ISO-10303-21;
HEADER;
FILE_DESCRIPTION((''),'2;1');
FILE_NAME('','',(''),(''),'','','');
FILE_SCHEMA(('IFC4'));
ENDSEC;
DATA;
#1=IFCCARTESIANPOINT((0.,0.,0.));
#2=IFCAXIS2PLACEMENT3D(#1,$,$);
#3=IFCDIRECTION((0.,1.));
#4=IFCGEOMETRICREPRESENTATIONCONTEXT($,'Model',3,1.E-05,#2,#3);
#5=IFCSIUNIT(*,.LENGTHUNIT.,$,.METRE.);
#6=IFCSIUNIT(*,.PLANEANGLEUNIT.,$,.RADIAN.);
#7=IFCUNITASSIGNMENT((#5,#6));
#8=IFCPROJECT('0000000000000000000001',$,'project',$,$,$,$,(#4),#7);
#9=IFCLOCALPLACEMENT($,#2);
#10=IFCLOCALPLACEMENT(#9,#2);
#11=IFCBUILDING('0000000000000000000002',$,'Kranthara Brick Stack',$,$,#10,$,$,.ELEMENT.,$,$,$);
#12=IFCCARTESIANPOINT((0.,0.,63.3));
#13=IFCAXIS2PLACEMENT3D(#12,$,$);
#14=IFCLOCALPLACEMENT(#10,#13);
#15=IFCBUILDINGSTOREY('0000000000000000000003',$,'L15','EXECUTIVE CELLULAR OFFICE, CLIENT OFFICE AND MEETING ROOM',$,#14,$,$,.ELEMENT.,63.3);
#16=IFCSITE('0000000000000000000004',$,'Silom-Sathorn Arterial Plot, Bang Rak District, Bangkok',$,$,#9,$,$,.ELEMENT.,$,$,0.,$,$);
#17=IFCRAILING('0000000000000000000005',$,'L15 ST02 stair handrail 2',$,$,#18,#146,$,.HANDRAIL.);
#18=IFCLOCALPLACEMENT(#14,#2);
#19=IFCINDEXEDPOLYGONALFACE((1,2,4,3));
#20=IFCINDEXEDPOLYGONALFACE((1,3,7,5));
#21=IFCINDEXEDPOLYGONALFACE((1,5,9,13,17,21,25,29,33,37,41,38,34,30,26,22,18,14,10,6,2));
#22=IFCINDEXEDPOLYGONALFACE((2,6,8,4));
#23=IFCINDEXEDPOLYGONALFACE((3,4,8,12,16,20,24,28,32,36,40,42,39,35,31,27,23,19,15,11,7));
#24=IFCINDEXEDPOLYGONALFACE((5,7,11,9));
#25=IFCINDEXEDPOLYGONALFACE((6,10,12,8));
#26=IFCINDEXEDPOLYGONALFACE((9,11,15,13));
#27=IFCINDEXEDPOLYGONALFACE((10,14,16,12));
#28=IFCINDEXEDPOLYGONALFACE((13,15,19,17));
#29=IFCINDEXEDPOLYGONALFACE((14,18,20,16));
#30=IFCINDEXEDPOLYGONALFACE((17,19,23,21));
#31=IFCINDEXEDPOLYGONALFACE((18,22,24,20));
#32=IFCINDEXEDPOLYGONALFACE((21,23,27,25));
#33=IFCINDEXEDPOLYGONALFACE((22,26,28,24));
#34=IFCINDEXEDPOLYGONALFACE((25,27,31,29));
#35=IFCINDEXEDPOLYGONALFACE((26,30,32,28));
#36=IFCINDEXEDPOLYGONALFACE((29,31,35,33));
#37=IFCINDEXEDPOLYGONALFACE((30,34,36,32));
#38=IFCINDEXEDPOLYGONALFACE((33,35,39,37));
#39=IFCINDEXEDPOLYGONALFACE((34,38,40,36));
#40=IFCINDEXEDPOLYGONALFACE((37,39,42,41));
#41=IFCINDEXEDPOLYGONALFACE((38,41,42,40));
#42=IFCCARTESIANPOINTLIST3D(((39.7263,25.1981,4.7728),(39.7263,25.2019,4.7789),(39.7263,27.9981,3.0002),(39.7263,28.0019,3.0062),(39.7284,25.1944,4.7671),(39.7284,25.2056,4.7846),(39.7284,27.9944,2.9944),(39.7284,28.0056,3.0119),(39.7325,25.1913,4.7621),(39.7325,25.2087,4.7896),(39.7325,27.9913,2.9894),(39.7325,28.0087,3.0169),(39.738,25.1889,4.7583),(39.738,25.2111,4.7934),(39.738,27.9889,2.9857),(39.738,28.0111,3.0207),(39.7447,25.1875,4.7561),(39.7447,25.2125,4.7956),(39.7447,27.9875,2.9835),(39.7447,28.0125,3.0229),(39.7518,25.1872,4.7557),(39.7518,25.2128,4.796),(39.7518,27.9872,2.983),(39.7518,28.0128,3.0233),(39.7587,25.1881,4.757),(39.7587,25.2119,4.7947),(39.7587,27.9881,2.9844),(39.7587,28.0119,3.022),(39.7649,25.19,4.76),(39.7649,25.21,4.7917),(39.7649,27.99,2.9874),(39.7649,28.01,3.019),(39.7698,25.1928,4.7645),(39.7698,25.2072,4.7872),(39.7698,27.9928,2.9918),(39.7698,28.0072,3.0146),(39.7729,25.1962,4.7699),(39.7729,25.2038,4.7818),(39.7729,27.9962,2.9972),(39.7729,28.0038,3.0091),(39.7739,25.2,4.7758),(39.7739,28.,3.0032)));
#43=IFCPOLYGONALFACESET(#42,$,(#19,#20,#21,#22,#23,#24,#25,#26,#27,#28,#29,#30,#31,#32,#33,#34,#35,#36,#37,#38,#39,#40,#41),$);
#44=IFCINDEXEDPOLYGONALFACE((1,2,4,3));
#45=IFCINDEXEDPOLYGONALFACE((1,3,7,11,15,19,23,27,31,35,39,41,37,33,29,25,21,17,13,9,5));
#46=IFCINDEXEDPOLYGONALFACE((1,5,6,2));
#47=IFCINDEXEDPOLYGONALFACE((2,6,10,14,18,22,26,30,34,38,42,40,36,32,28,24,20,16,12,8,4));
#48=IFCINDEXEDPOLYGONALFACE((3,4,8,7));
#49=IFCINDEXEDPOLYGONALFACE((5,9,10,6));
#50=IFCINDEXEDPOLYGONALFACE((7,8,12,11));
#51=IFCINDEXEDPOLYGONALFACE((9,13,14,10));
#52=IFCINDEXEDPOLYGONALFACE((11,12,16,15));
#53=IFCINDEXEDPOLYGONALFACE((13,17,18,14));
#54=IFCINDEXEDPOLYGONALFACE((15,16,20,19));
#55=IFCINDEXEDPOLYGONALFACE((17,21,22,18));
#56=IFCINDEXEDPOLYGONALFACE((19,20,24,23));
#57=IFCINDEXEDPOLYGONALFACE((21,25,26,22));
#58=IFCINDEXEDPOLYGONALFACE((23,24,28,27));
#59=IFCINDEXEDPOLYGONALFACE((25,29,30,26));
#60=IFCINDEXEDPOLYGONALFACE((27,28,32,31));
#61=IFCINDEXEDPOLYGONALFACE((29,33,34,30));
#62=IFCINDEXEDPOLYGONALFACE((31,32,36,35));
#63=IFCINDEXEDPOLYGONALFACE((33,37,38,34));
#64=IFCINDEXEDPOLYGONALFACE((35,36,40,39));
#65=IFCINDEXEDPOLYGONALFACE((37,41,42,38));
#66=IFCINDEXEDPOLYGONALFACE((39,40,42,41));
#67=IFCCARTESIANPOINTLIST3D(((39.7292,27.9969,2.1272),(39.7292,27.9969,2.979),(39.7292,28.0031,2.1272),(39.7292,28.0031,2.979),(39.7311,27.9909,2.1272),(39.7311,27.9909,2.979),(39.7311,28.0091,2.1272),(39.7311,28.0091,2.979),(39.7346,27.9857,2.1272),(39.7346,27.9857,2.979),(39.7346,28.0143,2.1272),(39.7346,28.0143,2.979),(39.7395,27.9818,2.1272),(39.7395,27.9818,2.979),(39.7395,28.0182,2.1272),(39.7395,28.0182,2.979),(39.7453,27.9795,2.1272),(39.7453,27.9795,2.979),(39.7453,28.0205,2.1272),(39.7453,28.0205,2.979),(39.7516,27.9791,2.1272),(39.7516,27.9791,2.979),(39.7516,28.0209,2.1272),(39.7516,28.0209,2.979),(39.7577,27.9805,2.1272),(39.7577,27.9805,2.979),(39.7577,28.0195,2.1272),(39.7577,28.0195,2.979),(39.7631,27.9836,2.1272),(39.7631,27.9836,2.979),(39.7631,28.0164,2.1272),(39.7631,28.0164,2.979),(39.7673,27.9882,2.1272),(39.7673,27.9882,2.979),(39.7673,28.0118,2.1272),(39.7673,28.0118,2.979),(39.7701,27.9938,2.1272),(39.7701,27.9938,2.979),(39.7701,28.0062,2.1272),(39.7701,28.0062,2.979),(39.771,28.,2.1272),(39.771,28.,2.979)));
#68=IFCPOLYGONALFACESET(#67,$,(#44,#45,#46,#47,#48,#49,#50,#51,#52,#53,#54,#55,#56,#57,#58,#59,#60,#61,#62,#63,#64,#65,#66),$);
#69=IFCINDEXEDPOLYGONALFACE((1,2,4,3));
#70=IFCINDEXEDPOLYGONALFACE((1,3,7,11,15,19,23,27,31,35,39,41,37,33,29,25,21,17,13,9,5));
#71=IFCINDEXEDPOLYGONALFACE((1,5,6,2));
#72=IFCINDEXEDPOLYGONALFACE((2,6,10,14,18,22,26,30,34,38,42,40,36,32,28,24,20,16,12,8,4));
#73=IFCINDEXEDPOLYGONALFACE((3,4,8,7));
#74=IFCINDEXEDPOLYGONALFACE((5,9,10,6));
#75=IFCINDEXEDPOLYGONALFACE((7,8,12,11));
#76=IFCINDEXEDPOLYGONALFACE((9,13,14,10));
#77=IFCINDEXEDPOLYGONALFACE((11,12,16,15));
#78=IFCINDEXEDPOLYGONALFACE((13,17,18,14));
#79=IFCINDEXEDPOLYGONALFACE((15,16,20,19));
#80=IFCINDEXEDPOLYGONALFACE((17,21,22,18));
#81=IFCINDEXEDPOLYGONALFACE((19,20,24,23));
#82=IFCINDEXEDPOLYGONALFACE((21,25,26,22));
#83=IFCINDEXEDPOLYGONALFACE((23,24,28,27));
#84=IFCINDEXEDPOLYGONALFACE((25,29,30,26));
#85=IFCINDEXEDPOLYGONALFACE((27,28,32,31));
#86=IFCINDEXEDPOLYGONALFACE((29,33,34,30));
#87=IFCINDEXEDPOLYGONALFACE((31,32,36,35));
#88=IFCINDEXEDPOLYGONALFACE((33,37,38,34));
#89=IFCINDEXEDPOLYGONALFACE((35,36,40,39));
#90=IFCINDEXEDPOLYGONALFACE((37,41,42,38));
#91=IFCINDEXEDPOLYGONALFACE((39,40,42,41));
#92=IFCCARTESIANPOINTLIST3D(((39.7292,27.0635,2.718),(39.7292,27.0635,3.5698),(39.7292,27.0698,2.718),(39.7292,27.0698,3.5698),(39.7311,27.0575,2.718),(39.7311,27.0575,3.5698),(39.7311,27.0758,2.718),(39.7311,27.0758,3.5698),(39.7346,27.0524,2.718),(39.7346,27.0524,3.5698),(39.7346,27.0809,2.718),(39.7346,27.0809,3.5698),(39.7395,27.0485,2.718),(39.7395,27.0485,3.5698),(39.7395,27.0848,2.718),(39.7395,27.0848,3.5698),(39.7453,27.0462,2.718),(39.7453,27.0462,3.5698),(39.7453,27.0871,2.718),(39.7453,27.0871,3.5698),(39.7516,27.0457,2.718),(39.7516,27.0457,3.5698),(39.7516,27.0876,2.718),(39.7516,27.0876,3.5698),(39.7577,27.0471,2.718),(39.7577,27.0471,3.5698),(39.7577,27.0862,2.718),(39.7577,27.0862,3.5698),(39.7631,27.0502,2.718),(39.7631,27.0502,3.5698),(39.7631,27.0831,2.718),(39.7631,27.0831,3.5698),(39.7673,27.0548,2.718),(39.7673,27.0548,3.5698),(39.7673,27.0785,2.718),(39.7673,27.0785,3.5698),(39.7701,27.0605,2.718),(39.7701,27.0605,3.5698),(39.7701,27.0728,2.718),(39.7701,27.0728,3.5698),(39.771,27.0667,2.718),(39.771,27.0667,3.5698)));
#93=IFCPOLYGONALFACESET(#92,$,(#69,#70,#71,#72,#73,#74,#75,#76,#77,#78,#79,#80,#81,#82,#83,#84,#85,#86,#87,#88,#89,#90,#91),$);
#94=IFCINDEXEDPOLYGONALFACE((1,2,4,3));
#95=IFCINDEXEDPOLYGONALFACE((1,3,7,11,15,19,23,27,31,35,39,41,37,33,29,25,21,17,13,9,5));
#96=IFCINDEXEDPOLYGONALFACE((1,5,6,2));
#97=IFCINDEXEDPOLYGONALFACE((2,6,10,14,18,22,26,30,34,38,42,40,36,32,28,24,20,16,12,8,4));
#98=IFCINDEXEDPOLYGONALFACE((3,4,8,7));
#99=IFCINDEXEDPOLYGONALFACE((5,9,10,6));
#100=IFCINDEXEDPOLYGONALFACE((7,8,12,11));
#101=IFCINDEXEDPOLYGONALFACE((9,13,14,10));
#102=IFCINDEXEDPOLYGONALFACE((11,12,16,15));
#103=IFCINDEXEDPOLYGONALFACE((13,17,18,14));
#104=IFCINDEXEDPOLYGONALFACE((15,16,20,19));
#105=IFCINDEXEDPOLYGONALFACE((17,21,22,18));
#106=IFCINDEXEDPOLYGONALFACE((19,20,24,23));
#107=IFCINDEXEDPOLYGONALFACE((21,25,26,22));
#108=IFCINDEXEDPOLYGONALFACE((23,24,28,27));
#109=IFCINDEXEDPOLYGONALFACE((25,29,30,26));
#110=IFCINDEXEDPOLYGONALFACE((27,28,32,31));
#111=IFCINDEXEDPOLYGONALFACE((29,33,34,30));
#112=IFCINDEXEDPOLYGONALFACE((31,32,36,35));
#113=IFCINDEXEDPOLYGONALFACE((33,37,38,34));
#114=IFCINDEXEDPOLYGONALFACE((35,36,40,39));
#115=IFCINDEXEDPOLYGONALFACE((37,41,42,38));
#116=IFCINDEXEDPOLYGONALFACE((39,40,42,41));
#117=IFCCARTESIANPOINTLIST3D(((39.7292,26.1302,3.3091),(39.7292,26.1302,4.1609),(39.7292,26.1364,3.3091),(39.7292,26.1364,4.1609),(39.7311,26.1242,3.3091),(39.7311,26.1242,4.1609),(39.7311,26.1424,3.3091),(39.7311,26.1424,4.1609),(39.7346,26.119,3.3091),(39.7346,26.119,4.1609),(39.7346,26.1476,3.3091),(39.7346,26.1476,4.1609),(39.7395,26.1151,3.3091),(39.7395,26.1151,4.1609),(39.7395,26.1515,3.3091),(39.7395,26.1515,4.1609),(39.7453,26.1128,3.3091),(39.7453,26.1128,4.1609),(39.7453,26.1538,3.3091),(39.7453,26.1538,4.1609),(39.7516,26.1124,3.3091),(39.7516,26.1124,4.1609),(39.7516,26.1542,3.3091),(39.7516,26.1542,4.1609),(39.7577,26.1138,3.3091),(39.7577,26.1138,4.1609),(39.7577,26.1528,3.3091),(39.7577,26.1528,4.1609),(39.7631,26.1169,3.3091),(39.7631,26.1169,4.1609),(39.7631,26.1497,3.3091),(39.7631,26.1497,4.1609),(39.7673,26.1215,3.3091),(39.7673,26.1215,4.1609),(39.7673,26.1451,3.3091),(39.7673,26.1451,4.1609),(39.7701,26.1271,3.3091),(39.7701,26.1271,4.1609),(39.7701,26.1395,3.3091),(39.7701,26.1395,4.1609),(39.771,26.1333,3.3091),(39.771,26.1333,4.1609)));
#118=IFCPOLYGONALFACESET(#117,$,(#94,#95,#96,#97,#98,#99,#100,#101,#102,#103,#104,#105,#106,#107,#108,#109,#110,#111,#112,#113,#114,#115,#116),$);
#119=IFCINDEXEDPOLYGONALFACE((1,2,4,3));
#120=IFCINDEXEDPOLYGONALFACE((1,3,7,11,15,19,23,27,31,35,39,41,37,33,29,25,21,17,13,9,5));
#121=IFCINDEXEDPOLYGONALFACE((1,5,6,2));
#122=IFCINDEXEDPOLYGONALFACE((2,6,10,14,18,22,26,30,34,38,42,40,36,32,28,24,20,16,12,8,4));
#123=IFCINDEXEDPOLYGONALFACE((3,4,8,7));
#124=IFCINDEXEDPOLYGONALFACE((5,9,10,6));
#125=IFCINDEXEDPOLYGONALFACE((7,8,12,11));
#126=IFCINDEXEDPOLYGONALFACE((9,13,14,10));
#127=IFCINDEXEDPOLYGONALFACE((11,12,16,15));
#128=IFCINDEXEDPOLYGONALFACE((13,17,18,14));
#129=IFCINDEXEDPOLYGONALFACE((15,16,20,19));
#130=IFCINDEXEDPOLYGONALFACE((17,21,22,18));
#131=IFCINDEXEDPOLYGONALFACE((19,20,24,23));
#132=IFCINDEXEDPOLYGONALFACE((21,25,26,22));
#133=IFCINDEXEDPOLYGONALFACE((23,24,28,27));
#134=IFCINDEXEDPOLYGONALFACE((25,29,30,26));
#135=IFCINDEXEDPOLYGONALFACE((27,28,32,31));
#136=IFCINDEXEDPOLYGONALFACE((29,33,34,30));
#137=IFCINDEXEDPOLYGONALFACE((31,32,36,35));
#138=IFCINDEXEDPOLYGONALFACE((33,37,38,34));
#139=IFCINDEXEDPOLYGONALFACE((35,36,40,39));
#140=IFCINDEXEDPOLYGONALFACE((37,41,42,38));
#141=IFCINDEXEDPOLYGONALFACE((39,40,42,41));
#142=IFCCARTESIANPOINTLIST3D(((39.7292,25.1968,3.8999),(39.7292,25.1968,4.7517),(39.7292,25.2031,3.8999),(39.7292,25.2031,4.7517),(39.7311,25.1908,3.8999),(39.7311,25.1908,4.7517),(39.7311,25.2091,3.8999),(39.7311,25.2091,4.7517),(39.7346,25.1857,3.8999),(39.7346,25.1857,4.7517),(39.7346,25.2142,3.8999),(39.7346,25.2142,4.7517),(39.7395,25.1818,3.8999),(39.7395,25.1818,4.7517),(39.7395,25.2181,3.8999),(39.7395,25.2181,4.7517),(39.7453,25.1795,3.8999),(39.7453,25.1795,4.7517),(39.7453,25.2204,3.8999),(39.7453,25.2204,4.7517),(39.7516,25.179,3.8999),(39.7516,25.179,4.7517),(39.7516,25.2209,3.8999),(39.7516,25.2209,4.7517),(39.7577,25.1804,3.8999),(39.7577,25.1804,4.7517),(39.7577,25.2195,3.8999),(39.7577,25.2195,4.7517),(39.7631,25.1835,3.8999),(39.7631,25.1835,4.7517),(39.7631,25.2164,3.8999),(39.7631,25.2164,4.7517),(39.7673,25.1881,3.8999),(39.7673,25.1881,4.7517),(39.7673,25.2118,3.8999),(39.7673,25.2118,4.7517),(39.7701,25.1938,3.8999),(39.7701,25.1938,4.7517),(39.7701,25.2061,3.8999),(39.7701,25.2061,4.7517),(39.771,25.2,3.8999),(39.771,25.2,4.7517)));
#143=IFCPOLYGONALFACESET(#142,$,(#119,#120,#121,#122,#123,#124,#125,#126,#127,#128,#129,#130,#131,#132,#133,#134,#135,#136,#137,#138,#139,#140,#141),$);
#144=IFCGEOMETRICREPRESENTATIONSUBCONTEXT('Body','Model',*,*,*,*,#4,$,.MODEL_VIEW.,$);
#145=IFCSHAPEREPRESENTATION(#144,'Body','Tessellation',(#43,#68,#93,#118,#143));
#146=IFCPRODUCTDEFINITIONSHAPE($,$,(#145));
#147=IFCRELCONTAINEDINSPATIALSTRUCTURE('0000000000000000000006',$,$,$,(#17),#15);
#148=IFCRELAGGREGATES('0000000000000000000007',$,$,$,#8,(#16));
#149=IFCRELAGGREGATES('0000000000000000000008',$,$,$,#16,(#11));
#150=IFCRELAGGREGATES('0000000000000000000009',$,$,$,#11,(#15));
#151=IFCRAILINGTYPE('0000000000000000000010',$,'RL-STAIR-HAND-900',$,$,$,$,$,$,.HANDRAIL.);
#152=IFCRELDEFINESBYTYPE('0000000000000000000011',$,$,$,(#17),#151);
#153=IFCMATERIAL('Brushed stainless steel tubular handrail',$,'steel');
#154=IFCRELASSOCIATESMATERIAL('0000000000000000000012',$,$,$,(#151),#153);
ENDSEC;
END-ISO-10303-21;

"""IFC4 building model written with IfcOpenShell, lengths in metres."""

from ifc_helpers import new_model, si_unit, direction, frame, origin, origin_2d, place, context, subcontext, project, spatial, circle, extrude, material, type_object, element, save


model = new_model("IFC4")

# Units and contexts
model_context = context("Model", 3, precision=1e-05, world=origin(), true_north=direction((0.0, 1.0)))
body_context = subcontext(model_context, "Body", "Model", "MODEL_VIEW")
ifc_project = project(units=[si_unit("LENGTHUNIT", "METRE"), si_unit("PLANEANGLEUNIT", "RADIAN")], contexts=[model_context])

# Site, building, storey
site_placement = place(None, origin())
site = spatial("IfcSite", under=ifc_project, at=site_placement, Name="Silom-Sathorn Arterial Plot, Bang Rak District, Bangkok", CompositionType="ELEMENT", RefElevation=0.0)
building_placement = place(site_placement, origin())
building = spatial("IfcBuilding", under=site, at=building_placement, Name="Kranthara Brick Stack", CompositionType="ELEMENT")
storey_placement = place(building_placement, frame((0.0, 0.0, 63.3)))
storey = spatial("IfcBuildingStorey", under=building, at=storey_placement, Name="L15", Description="EXECUTIVE CELLULAR OFFICE, CLIENT OFFICE AND MEETING ROOM", CompositionType="ELEMENT", Elevation=63.3)

# Railing
ifc_material_1 = material(Name="Brushed stainless steel tubular handrail", Category="steel")
railing_type_1 = type_object("IfcRailingType", Name="RL-STAIR-HAND-900", PredefinedType="HANDRAIL", material=ifc_material_1)
railing_1_placement = place(storey_placement, frame((39.75, 28.0, 2.1272)))
element("IfcRailing", 1, at=railing_1_placement, inside=storey, type_object=railing_type_1, Name="L15 ST02 stair handrail 2", PredefinedType="HANDRAIL", context=body_context, shape_type="SweptSolid", body=[
    extrude(circle(Radius=0.0239, at=origin_2d()), frame((0.0, 0.0, 0.876), z_axis=(0.0, -0.844909, 0.53491), x_axis=(1.0, 0.0, 0.0)), (0.0, 0.0, 1.0), 3.314),
    extrude(circle(Radius=0.021, at=origin_2d()), origin(), (0.0, 0.0, 1.0), 0.8518),
    extrude(circle(Radius=0.021, at=origin_2d()), frame((0.0, -0.9333, 0.5908)), (0.0, 0.0, 1.0), 0.8518),
    extrude(circle(Radius=0.021, at=origin_2d()), frame((0.0, -1.8667, 1.1819)), (0.0, 0.0, 1.0), 0.8518),
    extrude(circle(Radius=0.021, at=origin_2d()), frame((0.0, -2.8, 1.7727)), (0.0, 0.0, 1.0), 0.8518),
])

save(model, "model.ifc")
